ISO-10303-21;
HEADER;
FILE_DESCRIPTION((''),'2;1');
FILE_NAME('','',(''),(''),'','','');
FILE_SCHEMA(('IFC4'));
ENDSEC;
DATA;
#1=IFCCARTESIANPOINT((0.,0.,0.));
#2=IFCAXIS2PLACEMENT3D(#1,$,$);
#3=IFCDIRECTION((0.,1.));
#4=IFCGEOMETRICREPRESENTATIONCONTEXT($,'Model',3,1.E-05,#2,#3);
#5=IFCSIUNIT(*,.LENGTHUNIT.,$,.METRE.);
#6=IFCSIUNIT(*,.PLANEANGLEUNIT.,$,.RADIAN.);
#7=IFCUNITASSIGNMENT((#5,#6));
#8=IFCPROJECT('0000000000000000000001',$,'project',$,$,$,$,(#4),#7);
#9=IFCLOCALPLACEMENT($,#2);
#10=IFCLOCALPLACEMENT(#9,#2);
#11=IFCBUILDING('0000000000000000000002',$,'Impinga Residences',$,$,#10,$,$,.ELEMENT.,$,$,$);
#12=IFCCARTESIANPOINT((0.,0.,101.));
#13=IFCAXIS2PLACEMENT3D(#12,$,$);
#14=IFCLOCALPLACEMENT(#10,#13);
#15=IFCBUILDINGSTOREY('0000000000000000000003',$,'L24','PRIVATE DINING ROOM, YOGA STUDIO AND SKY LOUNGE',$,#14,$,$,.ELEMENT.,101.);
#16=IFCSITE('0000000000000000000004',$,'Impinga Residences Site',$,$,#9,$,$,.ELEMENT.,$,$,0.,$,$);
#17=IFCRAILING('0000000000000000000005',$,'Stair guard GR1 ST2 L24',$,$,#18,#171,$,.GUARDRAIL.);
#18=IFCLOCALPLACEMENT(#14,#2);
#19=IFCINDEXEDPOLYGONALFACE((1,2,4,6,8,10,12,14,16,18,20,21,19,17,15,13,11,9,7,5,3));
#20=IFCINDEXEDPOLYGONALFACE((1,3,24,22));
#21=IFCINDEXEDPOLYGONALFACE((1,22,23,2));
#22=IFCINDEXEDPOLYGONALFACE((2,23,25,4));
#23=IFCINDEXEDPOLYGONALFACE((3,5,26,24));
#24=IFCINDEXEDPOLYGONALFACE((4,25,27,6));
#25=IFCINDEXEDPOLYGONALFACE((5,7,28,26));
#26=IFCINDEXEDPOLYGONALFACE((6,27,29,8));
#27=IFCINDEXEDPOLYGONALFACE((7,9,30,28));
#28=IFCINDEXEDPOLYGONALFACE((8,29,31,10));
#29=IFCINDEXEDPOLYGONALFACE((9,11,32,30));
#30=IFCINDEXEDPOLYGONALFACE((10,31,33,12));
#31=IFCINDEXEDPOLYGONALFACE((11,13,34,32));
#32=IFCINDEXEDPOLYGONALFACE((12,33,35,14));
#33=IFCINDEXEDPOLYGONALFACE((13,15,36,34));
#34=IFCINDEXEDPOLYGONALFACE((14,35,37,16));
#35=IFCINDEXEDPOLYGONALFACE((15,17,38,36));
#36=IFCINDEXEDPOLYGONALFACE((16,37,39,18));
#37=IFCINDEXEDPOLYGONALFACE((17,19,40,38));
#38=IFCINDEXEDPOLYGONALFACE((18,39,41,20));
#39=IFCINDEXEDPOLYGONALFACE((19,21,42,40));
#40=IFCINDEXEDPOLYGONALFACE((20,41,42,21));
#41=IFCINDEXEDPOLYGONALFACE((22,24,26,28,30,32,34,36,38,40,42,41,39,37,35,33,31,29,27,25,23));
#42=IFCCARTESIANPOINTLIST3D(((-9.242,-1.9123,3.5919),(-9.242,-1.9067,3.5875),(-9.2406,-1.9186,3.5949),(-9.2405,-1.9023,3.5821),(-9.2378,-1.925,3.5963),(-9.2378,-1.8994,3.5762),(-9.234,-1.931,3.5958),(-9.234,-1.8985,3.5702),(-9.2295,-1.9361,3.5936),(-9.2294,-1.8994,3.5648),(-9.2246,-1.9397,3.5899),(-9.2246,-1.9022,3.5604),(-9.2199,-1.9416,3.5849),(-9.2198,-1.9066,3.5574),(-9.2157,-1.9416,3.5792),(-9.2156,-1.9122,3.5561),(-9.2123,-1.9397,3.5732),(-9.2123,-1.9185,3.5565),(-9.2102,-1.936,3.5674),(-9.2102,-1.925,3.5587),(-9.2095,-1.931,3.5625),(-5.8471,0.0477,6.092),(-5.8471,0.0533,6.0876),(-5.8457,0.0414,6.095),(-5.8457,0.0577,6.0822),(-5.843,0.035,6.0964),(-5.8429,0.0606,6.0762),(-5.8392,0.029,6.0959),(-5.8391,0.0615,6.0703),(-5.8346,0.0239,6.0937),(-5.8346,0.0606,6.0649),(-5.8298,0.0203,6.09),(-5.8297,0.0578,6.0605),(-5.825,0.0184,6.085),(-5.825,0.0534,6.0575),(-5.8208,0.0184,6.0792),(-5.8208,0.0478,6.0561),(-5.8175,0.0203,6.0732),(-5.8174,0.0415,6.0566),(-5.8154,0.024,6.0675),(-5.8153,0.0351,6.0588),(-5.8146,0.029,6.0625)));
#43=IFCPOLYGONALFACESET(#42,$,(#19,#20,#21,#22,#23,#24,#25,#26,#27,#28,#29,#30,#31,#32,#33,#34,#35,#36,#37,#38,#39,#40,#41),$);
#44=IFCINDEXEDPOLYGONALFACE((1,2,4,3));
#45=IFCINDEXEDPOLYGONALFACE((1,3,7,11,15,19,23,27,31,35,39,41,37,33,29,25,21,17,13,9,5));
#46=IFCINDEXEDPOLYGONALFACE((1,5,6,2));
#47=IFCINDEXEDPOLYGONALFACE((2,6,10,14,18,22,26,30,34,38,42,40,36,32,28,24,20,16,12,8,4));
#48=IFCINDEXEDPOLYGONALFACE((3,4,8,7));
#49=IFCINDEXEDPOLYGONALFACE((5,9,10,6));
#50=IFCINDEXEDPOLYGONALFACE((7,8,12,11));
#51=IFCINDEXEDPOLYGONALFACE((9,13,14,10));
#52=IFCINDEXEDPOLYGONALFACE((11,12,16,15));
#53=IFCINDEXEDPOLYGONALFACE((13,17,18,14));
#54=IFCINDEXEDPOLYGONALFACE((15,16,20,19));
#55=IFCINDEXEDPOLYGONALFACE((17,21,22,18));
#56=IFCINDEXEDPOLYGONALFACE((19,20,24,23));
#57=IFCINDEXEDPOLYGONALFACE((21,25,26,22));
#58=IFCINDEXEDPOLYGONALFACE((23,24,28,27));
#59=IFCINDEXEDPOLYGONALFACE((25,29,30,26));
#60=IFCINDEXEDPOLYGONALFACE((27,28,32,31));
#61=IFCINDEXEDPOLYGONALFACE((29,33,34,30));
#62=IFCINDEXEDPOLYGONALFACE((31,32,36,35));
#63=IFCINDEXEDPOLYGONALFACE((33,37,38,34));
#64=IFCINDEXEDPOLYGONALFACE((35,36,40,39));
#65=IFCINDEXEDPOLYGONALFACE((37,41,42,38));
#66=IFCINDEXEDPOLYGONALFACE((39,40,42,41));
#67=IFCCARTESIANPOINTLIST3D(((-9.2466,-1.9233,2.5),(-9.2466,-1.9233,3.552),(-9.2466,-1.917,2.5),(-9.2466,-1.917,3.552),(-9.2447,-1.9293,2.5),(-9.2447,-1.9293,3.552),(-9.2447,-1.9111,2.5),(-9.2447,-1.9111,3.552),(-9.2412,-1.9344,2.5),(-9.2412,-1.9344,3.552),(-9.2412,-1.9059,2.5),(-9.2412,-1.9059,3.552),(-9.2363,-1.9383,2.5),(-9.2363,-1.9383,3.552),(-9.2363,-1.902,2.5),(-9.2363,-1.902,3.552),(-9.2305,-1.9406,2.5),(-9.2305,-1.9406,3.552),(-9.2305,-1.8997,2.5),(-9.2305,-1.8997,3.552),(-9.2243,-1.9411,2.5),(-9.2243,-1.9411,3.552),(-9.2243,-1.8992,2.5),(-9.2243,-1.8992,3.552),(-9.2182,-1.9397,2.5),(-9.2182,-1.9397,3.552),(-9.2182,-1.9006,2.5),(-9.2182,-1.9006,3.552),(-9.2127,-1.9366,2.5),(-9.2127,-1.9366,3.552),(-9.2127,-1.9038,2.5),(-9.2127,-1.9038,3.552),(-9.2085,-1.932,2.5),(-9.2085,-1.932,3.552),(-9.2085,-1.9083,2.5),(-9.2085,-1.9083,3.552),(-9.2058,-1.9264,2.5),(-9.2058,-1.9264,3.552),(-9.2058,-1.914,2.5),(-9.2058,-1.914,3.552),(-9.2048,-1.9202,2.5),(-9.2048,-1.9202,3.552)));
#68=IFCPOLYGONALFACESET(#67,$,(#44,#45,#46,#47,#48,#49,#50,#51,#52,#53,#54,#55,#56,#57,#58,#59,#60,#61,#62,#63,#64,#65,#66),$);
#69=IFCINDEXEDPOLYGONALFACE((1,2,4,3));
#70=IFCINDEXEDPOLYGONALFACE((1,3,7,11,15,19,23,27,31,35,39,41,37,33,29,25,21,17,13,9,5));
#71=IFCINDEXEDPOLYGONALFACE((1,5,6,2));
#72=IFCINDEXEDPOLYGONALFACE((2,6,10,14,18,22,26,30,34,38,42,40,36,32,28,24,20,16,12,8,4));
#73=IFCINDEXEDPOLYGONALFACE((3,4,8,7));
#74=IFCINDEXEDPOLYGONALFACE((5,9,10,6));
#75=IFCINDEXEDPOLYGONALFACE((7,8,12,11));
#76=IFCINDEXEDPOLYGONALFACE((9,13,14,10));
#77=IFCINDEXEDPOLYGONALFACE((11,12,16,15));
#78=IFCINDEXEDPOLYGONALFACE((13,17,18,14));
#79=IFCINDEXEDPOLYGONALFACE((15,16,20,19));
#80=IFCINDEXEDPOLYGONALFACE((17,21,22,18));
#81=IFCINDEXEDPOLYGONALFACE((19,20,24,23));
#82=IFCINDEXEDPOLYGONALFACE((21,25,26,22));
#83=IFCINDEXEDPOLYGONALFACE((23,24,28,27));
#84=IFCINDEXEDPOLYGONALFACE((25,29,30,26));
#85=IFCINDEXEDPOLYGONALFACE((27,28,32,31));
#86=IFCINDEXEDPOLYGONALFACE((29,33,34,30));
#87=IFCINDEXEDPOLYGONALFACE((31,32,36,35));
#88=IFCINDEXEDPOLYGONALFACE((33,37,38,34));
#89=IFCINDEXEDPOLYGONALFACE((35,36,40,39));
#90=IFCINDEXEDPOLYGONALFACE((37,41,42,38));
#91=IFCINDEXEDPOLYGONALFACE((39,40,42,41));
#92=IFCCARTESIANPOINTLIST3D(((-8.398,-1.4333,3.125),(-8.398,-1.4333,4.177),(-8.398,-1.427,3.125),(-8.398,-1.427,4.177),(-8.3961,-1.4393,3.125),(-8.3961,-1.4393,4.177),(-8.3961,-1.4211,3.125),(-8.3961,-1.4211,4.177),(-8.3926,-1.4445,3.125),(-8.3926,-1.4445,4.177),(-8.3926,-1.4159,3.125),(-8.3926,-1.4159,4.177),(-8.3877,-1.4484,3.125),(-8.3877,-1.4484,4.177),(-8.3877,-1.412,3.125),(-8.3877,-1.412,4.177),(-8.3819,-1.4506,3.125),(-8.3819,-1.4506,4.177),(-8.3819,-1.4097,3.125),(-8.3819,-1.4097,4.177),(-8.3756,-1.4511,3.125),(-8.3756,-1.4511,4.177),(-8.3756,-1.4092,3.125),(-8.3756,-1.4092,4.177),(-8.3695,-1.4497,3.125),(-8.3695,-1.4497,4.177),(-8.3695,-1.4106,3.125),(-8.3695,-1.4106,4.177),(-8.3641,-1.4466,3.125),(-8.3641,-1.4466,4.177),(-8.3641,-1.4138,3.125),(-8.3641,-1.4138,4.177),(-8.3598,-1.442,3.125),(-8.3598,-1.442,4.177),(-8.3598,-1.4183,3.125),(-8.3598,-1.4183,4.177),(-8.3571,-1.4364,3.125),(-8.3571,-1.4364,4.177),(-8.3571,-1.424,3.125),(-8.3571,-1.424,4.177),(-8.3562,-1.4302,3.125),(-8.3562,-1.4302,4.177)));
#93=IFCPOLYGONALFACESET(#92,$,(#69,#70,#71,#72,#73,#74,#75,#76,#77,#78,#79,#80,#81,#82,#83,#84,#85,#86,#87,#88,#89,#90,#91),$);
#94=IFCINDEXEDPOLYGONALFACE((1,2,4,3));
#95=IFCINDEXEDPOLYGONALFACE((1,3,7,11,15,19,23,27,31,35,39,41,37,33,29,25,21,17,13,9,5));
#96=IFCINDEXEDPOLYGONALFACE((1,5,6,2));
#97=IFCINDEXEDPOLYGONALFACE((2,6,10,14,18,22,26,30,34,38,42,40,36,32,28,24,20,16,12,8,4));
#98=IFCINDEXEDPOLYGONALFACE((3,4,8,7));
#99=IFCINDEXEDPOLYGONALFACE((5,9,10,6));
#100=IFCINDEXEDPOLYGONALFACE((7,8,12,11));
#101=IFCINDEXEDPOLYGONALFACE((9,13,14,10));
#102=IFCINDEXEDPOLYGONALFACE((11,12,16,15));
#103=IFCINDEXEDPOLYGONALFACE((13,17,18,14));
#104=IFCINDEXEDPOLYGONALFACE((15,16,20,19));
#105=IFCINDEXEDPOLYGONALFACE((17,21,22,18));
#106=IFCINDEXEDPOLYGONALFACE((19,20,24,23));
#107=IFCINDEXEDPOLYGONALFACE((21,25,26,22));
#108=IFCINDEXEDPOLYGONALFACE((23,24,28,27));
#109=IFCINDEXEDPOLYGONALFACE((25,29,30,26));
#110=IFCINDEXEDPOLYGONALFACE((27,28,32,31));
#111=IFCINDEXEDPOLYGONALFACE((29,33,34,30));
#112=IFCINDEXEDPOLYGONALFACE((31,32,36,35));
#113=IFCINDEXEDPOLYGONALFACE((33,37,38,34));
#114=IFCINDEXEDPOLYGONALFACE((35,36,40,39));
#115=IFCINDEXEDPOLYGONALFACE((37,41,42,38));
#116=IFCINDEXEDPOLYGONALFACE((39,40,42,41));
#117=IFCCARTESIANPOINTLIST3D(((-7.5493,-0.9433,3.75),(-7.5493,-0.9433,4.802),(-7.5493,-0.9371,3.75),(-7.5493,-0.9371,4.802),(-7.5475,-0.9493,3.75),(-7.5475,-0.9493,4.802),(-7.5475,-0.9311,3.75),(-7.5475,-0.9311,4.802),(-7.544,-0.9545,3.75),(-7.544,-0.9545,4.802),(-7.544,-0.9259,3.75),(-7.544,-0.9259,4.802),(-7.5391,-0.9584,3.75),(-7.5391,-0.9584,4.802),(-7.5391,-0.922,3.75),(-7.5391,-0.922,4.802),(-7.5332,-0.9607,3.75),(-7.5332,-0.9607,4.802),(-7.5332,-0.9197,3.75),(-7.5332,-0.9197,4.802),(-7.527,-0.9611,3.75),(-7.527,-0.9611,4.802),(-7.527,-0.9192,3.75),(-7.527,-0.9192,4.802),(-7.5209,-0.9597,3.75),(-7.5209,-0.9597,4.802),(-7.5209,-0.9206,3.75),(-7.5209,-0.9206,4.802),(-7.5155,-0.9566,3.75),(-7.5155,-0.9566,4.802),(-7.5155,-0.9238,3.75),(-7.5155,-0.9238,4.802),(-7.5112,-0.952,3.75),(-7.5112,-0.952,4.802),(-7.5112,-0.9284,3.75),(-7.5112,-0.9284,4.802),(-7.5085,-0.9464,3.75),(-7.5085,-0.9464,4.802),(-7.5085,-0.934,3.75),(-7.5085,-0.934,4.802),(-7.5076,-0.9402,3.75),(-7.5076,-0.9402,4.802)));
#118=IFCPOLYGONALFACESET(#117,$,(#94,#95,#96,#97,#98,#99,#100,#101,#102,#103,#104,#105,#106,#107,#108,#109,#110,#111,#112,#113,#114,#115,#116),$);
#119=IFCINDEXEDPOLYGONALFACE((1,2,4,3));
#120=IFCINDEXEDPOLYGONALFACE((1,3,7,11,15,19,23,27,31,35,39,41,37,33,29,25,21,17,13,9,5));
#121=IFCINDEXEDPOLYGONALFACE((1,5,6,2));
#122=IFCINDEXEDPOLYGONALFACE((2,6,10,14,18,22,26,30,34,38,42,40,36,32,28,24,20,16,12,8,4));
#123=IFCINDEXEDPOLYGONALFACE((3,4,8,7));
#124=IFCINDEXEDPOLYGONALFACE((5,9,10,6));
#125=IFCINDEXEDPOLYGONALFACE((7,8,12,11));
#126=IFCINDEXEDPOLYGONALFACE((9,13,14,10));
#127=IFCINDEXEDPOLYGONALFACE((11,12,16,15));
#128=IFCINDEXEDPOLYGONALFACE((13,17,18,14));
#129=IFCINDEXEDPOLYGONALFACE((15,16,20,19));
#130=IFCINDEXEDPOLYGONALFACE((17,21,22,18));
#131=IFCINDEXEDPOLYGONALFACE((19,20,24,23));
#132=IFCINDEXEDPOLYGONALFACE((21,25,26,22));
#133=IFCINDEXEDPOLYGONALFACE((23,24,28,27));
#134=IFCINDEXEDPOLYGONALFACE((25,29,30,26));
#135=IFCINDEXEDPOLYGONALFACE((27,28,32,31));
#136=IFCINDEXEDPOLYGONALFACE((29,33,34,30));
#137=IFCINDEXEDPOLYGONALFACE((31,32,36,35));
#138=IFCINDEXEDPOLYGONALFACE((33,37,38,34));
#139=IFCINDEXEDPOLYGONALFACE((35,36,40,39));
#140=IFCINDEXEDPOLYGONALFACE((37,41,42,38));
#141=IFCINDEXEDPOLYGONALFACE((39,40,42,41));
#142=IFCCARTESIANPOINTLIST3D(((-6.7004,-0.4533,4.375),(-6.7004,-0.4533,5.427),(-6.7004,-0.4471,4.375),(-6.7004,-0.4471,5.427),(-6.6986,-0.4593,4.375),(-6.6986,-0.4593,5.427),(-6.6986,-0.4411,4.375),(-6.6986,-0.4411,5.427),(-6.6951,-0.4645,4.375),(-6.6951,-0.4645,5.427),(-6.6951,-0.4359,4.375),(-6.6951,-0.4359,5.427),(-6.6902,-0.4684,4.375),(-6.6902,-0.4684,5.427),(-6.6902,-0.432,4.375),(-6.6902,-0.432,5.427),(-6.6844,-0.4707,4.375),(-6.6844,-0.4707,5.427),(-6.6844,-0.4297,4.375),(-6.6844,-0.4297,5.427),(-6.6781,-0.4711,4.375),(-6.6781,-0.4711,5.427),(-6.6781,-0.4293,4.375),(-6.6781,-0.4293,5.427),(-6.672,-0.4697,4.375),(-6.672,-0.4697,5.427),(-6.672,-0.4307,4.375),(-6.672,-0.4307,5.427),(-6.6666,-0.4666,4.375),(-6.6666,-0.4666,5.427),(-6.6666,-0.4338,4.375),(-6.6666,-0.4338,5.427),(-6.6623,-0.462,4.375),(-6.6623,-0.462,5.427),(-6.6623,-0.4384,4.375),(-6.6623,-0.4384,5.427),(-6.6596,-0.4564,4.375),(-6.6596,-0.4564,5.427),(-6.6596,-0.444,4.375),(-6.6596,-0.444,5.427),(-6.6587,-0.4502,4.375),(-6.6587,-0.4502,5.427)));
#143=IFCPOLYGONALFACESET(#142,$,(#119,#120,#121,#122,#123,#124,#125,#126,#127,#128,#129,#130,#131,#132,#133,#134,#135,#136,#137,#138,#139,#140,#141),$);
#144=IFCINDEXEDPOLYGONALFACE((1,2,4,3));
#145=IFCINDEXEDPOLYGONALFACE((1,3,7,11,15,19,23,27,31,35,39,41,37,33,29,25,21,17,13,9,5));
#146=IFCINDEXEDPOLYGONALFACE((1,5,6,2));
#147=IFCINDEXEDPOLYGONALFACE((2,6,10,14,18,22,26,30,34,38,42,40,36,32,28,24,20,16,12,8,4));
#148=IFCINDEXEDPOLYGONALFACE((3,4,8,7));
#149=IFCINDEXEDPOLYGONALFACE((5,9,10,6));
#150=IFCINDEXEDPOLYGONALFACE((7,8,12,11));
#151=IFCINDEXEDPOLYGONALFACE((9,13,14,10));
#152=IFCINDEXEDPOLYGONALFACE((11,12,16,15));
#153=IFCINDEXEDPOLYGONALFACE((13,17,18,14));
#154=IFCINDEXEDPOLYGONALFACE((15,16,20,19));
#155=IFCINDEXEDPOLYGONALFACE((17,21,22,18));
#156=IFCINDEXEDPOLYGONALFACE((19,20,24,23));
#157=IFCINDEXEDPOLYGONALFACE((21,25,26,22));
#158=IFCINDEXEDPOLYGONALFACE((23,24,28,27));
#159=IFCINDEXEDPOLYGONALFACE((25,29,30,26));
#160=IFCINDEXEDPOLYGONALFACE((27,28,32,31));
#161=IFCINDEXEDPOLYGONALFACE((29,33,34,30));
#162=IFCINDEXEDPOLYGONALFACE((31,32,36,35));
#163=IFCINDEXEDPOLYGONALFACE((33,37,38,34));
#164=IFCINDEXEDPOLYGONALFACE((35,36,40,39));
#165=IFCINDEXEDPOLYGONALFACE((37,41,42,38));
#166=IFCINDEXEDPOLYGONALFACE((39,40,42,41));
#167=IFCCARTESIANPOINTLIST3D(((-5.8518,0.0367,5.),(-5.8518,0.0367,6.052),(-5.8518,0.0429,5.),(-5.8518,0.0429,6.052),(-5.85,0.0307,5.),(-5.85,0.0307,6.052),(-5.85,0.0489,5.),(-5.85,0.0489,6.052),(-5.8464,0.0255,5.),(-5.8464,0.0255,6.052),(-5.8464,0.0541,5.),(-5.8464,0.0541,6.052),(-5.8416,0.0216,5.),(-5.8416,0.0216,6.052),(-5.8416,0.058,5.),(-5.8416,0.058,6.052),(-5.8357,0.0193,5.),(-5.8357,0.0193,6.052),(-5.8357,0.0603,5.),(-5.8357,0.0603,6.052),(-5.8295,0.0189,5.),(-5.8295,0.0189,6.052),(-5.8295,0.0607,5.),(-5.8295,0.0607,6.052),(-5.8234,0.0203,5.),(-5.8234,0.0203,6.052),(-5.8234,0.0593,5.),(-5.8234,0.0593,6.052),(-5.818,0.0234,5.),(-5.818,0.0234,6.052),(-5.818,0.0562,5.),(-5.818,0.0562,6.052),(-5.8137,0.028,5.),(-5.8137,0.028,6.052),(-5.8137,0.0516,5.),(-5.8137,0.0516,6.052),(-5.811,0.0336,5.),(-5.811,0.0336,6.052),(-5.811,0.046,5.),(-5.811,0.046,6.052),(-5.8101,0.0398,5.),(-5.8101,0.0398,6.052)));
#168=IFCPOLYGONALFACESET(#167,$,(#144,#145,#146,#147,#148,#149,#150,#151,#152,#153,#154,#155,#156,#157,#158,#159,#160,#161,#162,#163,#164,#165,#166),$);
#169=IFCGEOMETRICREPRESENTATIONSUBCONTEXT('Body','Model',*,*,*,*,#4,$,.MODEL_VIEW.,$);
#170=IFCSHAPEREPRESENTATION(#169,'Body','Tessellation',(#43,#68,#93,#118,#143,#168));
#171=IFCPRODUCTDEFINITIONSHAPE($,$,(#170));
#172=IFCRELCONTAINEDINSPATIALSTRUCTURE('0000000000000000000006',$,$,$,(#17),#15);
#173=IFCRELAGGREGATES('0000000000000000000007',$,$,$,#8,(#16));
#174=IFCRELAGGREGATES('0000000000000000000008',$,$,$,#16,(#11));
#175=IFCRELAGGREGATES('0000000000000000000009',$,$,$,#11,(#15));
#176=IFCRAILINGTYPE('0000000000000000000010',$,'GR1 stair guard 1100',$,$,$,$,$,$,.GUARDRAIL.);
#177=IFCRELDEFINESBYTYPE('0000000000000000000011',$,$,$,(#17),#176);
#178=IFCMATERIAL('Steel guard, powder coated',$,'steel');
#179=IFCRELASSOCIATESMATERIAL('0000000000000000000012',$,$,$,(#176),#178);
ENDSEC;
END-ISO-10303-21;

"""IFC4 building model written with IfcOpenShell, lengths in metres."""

from ifc_helpers import new_model, si_unit, direction, frame, origin, origin_2d, place, context, subcontext, project, spatial, circle, extrude, material, type_object, element, save


model = new_model("IFC4")

# Units and contexts
model_context = context("Model", 3, precision=1e-05, world=origin(), true_north=direction((0.0, 1.0)))
body_context = subcontext(model_context, "Body", "Model", "MODEL_VIEW")
ifc_project = project(units=[si_unit("LENGTHUNIT", "METRE"), si_unit("PLANEANGLEUNIT", "RADIAN")], contexts=[model_context])

# Site, building, storey
site_placement = place(None, origin())
site = spatial("IfcSite", under=ifc_project, at=site_placement, Name="Impinga Residences Site", CompositionType="ELEMENT", RefElevation=0.0)
building_placement = place(site_placement, origin())
building = spatial("IfcBuilding", under=site, at=building_placement, Name="Impinga Residences", CompositionType="ELEMENT")
storey_placement = place(building_placement, frame((0.0, 0.0, 101.0)))
storey = spatial("IfcBuildingStorey", under=building, at=storey_placement, Name="L24", Description="PRIVATE DINING ROOM, YOGA STUDIO AND SKY LOUNGE", CompositionType="ELEMENT", Elevation=101.0)

# Railing
ifc_material_1 = material(Name="Steel guard, powder coated", Category="steel")
railing_type_1 = type_object("IfcRailingType", Name="GR1 stair guard 1100", PredefinedType="GUARDRAIL", material=ifc_material_1)
railing_1_placement = place(storey_placement, frame((-9.2258, -1.9202, 2.5)))
element("IfcRailing", 1, at=railing_1_placement, inside=storey, type_object=railing_type_1, Name="Stair guard GR1 ST2 L24", PredefinedType="GUARDRAIL", context=body_context, shape_type="SweptSolid", body=[
    extrude(circle(Radius=0.0239, at=origin_2d()), frame((0.0, 0.0, 1.0762), z_axis=(0.73017, 0.421561, 0.537716), x_axis=(-0.499997, 0.866027, 0.0)), (0.0, 0.0, 1.0), 4.6494),
    extrude(circle(Radius=0.021, at=origin_2d()), origin(), (0.0, 0.0, 1.0), 1.052),
    extrude(circle(Radius=0.021, at=origin_2d()), frame((0.8486, 0.49, 0.625)), (0.0, 0.0, 1.0), 1.052),
    extrude(circle(Radius=0.021, at=origin_2d()), frame((1.6973, 0.98, 1.25)), (0.0, 0.0, 1.0), 1.052),
    extrude(circle(Radius=0.021, at=origin_2d()), frame((2.5461, 1.47, 1.875)), (0.0, 0.0, 1.0), 1.052),
    extrude(circle(Radius=0.021, at=origin_2d()), frame((3.3948, 1.96, 2.5)), (0.0, 0.0, 1.0), 1.052),
])

save(model, "model.ifc")
